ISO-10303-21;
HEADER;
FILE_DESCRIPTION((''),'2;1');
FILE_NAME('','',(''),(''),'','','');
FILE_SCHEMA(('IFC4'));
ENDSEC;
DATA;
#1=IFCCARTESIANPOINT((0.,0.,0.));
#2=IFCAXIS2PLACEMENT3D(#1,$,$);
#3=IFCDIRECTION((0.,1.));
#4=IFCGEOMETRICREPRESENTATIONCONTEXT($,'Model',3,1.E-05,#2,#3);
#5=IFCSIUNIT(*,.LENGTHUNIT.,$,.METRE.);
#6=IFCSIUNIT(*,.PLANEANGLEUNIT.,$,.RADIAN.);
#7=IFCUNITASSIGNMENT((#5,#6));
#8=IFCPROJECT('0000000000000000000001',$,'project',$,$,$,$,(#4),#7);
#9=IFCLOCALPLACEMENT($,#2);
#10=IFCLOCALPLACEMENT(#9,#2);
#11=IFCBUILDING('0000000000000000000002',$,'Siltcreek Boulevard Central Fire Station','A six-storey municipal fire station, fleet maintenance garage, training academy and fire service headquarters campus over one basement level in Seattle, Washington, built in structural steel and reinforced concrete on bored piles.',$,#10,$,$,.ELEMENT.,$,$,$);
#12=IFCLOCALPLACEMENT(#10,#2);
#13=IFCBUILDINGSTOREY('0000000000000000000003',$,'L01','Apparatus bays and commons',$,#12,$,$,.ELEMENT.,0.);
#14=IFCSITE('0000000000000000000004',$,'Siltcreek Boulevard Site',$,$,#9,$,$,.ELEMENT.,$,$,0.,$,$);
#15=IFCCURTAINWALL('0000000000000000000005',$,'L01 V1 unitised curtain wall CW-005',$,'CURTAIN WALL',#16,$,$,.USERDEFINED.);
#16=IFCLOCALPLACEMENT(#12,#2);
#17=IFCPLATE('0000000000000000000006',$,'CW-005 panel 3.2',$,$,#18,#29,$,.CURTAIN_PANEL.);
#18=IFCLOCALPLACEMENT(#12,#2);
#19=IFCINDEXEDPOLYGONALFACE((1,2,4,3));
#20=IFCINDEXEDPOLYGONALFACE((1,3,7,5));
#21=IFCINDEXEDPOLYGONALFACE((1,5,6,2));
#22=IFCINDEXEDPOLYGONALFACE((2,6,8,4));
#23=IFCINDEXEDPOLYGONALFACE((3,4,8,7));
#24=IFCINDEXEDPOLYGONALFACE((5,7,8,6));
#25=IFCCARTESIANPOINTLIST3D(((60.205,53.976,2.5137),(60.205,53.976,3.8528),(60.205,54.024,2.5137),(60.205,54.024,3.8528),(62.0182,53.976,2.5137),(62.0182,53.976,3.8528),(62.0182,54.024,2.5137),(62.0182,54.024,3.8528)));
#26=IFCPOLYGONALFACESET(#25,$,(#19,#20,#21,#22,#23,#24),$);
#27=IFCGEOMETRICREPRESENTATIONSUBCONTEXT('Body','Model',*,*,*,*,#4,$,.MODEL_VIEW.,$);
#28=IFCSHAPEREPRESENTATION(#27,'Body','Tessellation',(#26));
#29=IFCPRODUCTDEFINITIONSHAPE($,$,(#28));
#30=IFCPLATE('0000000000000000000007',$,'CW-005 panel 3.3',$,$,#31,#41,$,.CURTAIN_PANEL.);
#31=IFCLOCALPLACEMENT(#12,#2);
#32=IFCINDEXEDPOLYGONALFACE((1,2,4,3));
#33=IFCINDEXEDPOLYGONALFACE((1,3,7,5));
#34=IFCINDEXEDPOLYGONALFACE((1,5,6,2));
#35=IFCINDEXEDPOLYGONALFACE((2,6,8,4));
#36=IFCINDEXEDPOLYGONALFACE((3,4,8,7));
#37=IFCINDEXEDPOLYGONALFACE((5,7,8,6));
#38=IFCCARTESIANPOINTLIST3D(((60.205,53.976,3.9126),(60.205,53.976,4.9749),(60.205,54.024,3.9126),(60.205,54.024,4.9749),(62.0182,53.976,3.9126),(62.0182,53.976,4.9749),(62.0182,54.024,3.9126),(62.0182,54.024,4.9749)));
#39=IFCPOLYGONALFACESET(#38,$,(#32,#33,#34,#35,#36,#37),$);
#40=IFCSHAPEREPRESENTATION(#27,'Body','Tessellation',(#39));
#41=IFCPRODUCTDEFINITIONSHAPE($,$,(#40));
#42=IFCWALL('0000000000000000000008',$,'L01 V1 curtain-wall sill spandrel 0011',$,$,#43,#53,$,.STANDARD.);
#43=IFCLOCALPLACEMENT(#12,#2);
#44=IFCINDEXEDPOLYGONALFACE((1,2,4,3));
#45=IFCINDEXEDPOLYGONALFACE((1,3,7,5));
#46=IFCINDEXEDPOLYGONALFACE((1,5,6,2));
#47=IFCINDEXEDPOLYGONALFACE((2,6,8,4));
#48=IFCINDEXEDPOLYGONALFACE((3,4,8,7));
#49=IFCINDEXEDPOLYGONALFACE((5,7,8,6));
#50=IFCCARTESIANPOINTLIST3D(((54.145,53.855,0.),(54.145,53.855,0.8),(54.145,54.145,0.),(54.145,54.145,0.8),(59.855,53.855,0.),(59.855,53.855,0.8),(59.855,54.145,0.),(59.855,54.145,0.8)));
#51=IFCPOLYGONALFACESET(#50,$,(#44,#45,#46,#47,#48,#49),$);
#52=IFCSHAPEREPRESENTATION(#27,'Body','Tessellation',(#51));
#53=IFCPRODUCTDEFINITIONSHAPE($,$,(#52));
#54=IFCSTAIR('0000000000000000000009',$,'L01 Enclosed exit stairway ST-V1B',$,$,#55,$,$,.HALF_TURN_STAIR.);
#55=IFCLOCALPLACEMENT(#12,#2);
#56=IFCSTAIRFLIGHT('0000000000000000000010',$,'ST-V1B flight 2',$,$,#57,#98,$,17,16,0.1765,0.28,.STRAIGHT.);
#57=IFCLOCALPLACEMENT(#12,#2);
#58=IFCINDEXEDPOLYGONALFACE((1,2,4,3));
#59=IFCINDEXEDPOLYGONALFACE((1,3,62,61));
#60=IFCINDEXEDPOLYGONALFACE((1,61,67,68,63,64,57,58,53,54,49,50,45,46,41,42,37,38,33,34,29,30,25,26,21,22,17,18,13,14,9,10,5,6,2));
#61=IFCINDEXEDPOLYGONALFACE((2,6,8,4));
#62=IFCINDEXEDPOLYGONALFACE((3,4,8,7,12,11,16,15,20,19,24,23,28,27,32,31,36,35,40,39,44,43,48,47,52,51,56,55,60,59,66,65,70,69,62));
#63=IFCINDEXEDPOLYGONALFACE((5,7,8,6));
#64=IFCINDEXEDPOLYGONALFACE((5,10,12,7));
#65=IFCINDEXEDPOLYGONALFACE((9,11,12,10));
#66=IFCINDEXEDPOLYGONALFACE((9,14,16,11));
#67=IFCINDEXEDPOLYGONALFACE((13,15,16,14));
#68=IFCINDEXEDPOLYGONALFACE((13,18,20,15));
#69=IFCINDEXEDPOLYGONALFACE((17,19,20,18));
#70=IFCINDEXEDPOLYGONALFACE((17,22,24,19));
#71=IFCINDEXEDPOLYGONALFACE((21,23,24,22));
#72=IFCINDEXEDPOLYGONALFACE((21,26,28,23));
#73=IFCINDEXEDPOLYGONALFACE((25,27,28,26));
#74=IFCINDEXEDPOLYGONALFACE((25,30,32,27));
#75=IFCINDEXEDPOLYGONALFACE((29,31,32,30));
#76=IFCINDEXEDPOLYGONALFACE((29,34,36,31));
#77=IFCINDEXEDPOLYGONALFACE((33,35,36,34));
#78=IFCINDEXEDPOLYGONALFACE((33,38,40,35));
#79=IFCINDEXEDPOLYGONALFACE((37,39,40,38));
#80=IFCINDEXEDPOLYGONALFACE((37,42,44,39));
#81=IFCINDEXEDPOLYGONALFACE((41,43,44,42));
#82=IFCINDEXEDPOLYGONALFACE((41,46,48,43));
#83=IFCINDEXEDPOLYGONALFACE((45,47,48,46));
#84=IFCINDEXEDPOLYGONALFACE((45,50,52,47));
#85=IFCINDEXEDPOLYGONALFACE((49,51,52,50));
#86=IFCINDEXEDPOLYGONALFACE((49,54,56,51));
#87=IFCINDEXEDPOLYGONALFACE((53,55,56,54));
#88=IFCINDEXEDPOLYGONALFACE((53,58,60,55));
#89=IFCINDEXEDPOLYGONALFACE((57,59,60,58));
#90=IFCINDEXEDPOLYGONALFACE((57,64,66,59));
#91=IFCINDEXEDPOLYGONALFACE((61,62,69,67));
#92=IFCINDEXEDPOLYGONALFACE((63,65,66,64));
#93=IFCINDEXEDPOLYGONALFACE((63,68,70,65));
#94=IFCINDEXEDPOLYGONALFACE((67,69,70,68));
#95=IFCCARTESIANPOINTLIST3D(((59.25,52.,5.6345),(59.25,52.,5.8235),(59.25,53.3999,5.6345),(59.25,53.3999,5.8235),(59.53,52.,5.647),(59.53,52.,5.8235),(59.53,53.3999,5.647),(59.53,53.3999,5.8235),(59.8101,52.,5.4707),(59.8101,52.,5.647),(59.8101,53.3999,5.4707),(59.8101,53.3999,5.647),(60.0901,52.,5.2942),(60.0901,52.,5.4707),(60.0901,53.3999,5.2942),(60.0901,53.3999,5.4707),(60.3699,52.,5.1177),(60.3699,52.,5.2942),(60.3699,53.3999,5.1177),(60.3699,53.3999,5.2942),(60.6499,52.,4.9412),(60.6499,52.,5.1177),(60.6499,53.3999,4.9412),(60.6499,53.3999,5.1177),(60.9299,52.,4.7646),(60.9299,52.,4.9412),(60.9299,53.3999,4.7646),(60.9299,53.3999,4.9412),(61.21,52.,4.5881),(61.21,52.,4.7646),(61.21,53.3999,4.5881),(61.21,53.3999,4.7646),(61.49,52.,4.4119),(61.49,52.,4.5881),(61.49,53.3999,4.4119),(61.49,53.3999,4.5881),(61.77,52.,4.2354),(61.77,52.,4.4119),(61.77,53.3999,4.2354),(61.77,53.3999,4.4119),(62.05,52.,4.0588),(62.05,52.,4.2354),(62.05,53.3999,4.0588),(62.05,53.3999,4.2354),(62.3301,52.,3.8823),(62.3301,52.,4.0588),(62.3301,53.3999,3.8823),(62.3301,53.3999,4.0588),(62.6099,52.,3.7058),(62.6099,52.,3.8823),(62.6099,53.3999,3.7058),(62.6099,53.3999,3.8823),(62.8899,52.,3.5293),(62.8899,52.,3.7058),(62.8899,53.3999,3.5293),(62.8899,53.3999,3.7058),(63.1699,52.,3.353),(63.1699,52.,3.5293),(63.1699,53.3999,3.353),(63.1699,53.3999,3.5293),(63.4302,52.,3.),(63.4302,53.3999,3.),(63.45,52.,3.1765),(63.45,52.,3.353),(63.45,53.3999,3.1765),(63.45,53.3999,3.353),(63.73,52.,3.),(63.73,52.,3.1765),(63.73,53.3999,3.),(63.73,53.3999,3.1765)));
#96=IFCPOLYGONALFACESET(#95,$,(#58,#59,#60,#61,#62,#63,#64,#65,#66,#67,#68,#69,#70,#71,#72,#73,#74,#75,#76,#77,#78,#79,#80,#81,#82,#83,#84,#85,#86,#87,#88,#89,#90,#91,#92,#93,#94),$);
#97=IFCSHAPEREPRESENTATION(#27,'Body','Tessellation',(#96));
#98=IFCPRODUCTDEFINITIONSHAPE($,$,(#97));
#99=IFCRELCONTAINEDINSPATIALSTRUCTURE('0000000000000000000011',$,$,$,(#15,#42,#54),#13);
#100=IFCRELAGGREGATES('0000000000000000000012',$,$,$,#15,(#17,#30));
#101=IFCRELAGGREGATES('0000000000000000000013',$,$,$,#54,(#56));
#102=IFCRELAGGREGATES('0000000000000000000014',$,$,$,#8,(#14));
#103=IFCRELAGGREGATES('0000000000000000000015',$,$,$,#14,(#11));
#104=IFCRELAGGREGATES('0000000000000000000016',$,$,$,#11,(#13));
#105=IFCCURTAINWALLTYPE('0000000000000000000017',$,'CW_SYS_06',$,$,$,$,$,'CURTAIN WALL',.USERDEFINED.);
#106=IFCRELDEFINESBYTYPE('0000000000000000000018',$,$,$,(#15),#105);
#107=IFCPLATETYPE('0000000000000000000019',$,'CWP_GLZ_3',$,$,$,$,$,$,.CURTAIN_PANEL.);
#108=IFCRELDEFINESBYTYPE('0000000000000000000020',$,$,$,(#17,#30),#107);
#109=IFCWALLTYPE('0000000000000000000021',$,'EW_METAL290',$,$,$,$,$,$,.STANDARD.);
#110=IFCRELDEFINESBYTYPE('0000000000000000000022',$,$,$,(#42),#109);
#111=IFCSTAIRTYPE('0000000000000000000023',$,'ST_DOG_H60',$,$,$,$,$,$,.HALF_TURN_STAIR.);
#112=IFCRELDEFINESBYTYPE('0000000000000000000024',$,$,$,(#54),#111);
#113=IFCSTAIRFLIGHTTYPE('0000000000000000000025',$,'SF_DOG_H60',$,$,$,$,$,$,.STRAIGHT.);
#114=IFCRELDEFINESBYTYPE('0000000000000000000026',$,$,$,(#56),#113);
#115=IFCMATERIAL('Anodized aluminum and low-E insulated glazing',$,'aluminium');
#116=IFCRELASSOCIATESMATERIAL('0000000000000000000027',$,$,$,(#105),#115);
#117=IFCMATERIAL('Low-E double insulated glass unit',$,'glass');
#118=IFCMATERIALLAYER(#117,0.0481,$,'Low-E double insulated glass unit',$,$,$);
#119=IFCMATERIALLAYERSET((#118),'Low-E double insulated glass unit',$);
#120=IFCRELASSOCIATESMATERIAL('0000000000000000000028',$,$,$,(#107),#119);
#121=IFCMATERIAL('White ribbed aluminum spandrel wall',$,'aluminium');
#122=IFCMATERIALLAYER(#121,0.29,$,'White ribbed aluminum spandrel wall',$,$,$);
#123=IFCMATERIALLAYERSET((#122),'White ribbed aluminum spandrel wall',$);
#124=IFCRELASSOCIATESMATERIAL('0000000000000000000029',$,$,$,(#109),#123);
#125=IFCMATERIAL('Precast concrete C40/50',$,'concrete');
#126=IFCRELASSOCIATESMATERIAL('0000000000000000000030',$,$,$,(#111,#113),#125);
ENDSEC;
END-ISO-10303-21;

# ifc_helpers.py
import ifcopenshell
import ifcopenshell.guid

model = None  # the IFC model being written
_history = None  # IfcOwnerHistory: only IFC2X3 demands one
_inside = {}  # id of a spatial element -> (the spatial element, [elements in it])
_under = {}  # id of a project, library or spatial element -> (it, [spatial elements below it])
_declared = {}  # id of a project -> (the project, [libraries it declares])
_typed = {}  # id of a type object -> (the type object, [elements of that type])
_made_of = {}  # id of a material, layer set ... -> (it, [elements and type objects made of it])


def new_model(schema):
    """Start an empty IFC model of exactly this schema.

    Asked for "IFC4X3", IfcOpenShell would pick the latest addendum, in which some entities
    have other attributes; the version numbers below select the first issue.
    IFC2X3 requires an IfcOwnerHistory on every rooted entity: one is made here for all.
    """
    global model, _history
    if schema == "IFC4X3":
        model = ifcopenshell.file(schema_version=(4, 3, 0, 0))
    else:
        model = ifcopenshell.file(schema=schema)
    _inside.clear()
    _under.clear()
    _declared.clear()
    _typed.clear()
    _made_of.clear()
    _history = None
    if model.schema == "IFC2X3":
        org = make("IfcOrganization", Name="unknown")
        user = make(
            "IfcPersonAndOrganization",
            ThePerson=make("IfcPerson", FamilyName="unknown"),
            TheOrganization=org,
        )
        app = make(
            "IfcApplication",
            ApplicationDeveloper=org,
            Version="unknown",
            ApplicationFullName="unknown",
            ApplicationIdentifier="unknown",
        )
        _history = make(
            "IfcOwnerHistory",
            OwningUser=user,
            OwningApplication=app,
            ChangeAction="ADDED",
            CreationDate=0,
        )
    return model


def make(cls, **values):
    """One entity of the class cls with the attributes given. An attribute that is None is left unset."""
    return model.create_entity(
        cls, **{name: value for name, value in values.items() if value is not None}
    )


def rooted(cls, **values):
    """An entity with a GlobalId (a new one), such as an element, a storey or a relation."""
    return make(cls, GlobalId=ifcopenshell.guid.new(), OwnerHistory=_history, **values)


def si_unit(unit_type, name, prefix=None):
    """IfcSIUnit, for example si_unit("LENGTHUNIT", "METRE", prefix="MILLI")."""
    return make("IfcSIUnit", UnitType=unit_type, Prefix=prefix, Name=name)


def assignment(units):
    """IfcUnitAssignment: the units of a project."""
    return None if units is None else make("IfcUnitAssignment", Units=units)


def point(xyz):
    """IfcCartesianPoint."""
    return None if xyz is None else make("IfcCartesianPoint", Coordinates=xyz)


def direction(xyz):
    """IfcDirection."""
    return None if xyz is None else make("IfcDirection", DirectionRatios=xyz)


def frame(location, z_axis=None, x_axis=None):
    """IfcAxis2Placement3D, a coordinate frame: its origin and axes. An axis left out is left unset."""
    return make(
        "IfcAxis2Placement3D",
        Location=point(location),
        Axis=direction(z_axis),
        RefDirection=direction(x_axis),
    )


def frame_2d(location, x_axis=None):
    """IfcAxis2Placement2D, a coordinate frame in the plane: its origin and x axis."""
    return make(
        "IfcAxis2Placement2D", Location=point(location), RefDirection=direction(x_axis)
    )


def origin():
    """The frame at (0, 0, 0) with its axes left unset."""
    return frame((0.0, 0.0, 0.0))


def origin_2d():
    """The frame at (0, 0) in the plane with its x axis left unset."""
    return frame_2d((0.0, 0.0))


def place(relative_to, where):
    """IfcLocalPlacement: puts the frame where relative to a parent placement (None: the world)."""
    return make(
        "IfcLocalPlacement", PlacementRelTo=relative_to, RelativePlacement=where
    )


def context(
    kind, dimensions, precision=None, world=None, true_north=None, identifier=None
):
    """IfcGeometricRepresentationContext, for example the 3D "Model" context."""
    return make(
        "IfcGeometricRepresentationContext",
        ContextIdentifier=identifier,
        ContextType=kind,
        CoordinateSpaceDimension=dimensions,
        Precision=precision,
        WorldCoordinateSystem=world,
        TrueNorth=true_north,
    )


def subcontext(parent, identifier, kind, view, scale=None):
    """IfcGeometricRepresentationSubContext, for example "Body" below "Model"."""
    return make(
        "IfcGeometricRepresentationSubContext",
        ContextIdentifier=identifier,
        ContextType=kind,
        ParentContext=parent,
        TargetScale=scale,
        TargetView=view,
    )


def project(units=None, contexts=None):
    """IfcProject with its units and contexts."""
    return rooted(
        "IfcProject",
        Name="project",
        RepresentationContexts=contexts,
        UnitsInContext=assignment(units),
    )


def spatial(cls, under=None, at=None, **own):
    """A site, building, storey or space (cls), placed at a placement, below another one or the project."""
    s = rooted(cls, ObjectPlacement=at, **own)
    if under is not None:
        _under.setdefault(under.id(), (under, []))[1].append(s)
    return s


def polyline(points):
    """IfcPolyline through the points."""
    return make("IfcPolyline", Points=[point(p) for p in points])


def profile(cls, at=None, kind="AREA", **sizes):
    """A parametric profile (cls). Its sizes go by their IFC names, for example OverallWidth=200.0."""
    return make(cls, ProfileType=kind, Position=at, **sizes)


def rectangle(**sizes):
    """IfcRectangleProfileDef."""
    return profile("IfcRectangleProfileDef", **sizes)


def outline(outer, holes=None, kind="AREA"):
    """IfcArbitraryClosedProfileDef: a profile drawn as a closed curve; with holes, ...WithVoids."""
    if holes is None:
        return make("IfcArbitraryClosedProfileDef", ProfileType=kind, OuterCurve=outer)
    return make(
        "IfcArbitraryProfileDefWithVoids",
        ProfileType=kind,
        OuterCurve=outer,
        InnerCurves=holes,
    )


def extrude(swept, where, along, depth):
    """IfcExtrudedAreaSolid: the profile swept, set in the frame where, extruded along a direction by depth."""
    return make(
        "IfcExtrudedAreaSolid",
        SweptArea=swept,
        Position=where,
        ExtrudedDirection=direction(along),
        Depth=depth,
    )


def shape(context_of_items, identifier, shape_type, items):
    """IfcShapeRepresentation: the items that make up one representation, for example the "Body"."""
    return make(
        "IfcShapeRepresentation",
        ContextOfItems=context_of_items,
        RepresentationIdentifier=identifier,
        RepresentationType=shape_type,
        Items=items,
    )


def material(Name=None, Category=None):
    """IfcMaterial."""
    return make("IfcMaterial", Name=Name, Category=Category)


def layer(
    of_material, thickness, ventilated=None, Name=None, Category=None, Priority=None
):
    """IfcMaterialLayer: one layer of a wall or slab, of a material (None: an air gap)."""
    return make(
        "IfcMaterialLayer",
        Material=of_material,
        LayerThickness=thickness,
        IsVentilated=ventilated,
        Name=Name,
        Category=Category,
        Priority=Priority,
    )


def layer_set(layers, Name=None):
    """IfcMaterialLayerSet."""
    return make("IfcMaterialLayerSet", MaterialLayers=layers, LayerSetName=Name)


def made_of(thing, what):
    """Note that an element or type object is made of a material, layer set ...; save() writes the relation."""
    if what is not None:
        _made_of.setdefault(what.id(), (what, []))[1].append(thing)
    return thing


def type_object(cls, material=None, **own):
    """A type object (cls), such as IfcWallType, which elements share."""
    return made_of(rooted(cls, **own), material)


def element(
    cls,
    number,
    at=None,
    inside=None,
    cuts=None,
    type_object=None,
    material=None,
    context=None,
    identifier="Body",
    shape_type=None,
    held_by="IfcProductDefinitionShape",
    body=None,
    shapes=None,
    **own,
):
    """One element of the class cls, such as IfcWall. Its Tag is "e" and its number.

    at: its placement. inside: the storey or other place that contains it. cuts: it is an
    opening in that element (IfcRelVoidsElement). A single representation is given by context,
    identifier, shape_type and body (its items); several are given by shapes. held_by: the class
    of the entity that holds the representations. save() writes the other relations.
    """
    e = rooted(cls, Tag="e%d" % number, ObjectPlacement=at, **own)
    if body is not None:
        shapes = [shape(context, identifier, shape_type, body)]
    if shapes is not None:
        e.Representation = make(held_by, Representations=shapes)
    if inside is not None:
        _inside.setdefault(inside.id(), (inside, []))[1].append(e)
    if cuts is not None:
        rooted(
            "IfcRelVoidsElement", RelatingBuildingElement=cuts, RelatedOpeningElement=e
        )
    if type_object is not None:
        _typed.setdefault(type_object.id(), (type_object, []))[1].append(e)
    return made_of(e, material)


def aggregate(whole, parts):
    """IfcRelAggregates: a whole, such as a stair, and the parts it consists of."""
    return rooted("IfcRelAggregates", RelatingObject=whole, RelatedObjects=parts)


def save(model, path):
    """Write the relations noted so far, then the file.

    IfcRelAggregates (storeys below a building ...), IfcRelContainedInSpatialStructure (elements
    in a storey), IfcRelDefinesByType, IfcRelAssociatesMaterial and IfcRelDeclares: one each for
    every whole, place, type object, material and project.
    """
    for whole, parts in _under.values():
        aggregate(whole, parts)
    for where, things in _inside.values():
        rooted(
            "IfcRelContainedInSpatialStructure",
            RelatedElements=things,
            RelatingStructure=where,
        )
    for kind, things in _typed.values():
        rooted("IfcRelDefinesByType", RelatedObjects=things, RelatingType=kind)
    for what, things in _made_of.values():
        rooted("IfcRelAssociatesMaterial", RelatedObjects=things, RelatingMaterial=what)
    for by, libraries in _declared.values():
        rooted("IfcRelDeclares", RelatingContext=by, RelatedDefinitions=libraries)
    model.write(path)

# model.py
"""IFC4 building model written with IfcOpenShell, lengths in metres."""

from ifc_helpers import new_model, si_unit, direction, frame, frame_2d, origin, origin_2d, place, context, subcontext, project, spatial, polyline, rectangle, outline, extrude, material, layer, layer_set, type_object, element, aggregate, save


model = new_model("IFC4")

# Units and contexts
model_context = context("Model", 3, precision=1e-05, world=origin(), true_north=direction((0.0, 1.0)))
body_context = subcontext(model_context, "Body", "Model", "MODEL_VIEW")
ifc_project = project(units=[si_unit("LENGTHUNIT", "METRE"), si_unit("PLANEANGLEUNIT", "RADIAN")], contexts=[model_context])

# Site, building, storey
site_placement = place(None, origin())
site = spatial("IfcSite", under=ifc_project, at=site_placement, Name="Siltcreek Boulevard Site", CompositionType="ELEMENT", RefElevation=0.0)
building_placement = place(site_placement, origin())
building = spatial("IfcBuilding", under=site, at=building_placement, Name="Siltcreek Boulevard Central Fire Station", Description="A six-storey municipal fire station, fleet maintenance garage, training academy and fire service headquarters campus over one basement level in Seattle, Washington, built in structural steel and reinforced concrete on bored piles.", CompositionType="ELEMENT")
storey_placement = place(building_placement, origin())
storey = spatial("IfcBuildingStorey", under=building, at=storey_placement, Name="L01", Description="Apparatus bays and commons", CompositionType="ELEMENT", Elevation=0.0)

# Curtain wall
ifc_material_1 = material(Name="Anodized aluminum and low-E insulated glazing", Category="aluminium")
curtain_wall_type_1 = type_object("IfcCurtainWallType", Name="CW_SYS_06", ElementType="CURTAIN WALL", PredefinedType="USERDEFINED", material=ifc_material_1)
curtain_wall_1_placement = place(storey_placement, origin())
curtain_wall_1 = element("IfcCurtainWall", 1, at=curtain_wall_1_placement, inside=storey, type_object=curtain_wall_type_1, Name="L01 V1 unitised curtain wall CW-005", ObjectType="CURTAIN WALL", PredefinedType="USERDEFINED")

# Plates
ifc_material_2 = material(Name="Low-E double insulated glass unit", Category="glass")
ifc_layer_1 = layer(ifc_material_2, 0.0481, Name="Low-E double insulated glass unit")
ifc_layer_set_1 = layer_set([ifc_layer_1], Name="Low-E double insulated glass unit")
plate_type = type_object("IfcPlateType", Name="CWP_GLZ_3", PredefinedType="CURTAIN_PANEL", material=ifc_layer_set_1)
plate_1_placement = place(storey_placement, frame((61.1116, 54.0, 2.5137), z_axis=(0.0, 0.0, 1.0), x_axis=(-1.0, 0.0, 0.0)))
plate_1 = element("IfcPlate", 2, at=plate_1_placement, type_object=plate_type, Name="CW-005 panel 3.2", PredefinedType="CURTAIN_PANEL", context=body_context, shape_type="SweptSolid", body=[
    extrude(rectangle(XDim=1.8132, YDim=0.0481, at=origin_2d()), origin(), (0.0, 0.0, 1.0), 1.3391),
])
plate_2_placement = place(storey_placement, frame((61.1116, 54.0, 3.9126), z_axis=(0.0, 0.0, 1.0), x_axis=(-1.0, 0.0, 0.0)))
plate_2 = element("IfcPlate", 3, at=plate_2_placement, type_object=plate_type, Name="CW-005 panel 3.3", PredefinedType="CURTAIN_PANEL", context=body_context, shape_type="SweptSolid", body=[
    extrude(rectangle(XDim=1.8132, YDim=0.0481, at=origin_2d()), origin(), (0.0, 0.0, 1.0), 1.0623),
])
aggregate(curtain_wall_1, [plate_1, plate_2])

# Wall
ifc_material_3 = material(Name="White ribbed aluminum spandrel wall", Category="aluminium")
ifc_layer_2 = layer(ifc_material_3, 0.29, Name="White ribbed aluminum spandrel wall")
ifc_layer_set_2 = layer_set([ifc_layer_2], Name="White ribbed aluminum spandrel wall")
wall_type = type_object("IfcWallType", Name="EW_METAL290", PredefinedType="STANDARD", material=ifc_layer_set_2)
wall_placement = place(storey_placement, frame((59.855, 54.0, 0.0), z_axis=(0.0, 0.0, 1.0), x_axis=(-1.0, 0.0, 0.0)))
element("IfcWall", 4, at=wall_placement, inside=storey, type_object=wall_type, Name="L01 V1 curtain-wall sill spandrel 0011", PredefinedType="STANDARD", context=body_context, shape_type="SweptSolid", body=[
    extrude(rectangle(XDim=5.71, YDim=0.29, at=frame_2d((2.855, 0.0))), origin(), (0.0, 0.0, 1.0), 0.8),
])

# Stair, stair flight
ifc_material_4 = material(Name="Precast concrete C40/50", Category="concrete")
stair_type = type_object("IfcStairType", Name="ST_DOG_H60", PredefinedType="HALF_TURN_STAIR", material=ifc_material_4)
stair_placement = place(storey_placement, origin())
stair = element("IfcStair", 5, at=stair_placement, inside=storey, type_object=stair_type, Name="L01 Enclosed exit stairway ST-V1B", PredefinedType="HALF_TURN_STAIR")
stair_flight_type = type_object("IfcStairFlightType", Name="SF_DOG_H60", PredefinedType="STRAIGHT", material=ifc_material_4)
stair_flight_placement = place(storey_placement, frame((63.73, 52.7, 3.0), z_axis=(0.0, 0.0, 1.0), x_axis=(-1.0, 0.0, 0.0)))
stair_flight = element("IfcStairFlight", 6, at=stair_flight_placement, type_object=stair_flight_type, Name="ST-V1B flight 2", NumberOfRisers=17, NumberOfTreads=16, PredefinedType="STRAIGHT", RiserHeight=0.1765, TreadLength=0.28, context=body_context, shape_type="SweptSolid", body=[
    extrude(outline(polyline([(0.0, 0.0), (0.0, 0.1765), (0.28, 0.1765), (0.28, 0.353), (0.5601, 0.353), (0.5601, 0.5293), (0.8401, 0.5293), (0.8401, 0.7058), (1.1201, 0.7058), (1.1201, 0.8823), (1.3999, 0.8823), (1.3999, 1.0588), (1.6799, 1.0588), (1.6799, 1.2354), (1.96, 1.2354), (1.96, 1.4119), (2.24, 1.4119), (2.24, 1.5881), (2.52, 1.5881), (2.52, 1.7646), (2.8, 1.7646), (2.8, 1.9412), (3.0801, 1.9412), (3.0801, 2.1177), (3.3601, 2.1177), (3.3601, 2.2942), (3.6399, 2.2942), (3.6399, 2.4707), (3.9199, 2.4707), (3.9199, 2.647), (4.2, 2.647), (4.2, 2.8235), (4.48, 2.8235), (4.48, 3.0), (4.48, 2.6345), (0.2998, 0.0), (0.0, 0.0)])), frame((0.0, 0.7, 0.0), z_axis=(0.0, -1.0, 0.0), x_axis=(1.0, 0.0, 0.0)), (0.0, 0.0, 1.0), 1.3999),
])
aggregate(stair, [stair_flight])

save(model, "model.ifc")
